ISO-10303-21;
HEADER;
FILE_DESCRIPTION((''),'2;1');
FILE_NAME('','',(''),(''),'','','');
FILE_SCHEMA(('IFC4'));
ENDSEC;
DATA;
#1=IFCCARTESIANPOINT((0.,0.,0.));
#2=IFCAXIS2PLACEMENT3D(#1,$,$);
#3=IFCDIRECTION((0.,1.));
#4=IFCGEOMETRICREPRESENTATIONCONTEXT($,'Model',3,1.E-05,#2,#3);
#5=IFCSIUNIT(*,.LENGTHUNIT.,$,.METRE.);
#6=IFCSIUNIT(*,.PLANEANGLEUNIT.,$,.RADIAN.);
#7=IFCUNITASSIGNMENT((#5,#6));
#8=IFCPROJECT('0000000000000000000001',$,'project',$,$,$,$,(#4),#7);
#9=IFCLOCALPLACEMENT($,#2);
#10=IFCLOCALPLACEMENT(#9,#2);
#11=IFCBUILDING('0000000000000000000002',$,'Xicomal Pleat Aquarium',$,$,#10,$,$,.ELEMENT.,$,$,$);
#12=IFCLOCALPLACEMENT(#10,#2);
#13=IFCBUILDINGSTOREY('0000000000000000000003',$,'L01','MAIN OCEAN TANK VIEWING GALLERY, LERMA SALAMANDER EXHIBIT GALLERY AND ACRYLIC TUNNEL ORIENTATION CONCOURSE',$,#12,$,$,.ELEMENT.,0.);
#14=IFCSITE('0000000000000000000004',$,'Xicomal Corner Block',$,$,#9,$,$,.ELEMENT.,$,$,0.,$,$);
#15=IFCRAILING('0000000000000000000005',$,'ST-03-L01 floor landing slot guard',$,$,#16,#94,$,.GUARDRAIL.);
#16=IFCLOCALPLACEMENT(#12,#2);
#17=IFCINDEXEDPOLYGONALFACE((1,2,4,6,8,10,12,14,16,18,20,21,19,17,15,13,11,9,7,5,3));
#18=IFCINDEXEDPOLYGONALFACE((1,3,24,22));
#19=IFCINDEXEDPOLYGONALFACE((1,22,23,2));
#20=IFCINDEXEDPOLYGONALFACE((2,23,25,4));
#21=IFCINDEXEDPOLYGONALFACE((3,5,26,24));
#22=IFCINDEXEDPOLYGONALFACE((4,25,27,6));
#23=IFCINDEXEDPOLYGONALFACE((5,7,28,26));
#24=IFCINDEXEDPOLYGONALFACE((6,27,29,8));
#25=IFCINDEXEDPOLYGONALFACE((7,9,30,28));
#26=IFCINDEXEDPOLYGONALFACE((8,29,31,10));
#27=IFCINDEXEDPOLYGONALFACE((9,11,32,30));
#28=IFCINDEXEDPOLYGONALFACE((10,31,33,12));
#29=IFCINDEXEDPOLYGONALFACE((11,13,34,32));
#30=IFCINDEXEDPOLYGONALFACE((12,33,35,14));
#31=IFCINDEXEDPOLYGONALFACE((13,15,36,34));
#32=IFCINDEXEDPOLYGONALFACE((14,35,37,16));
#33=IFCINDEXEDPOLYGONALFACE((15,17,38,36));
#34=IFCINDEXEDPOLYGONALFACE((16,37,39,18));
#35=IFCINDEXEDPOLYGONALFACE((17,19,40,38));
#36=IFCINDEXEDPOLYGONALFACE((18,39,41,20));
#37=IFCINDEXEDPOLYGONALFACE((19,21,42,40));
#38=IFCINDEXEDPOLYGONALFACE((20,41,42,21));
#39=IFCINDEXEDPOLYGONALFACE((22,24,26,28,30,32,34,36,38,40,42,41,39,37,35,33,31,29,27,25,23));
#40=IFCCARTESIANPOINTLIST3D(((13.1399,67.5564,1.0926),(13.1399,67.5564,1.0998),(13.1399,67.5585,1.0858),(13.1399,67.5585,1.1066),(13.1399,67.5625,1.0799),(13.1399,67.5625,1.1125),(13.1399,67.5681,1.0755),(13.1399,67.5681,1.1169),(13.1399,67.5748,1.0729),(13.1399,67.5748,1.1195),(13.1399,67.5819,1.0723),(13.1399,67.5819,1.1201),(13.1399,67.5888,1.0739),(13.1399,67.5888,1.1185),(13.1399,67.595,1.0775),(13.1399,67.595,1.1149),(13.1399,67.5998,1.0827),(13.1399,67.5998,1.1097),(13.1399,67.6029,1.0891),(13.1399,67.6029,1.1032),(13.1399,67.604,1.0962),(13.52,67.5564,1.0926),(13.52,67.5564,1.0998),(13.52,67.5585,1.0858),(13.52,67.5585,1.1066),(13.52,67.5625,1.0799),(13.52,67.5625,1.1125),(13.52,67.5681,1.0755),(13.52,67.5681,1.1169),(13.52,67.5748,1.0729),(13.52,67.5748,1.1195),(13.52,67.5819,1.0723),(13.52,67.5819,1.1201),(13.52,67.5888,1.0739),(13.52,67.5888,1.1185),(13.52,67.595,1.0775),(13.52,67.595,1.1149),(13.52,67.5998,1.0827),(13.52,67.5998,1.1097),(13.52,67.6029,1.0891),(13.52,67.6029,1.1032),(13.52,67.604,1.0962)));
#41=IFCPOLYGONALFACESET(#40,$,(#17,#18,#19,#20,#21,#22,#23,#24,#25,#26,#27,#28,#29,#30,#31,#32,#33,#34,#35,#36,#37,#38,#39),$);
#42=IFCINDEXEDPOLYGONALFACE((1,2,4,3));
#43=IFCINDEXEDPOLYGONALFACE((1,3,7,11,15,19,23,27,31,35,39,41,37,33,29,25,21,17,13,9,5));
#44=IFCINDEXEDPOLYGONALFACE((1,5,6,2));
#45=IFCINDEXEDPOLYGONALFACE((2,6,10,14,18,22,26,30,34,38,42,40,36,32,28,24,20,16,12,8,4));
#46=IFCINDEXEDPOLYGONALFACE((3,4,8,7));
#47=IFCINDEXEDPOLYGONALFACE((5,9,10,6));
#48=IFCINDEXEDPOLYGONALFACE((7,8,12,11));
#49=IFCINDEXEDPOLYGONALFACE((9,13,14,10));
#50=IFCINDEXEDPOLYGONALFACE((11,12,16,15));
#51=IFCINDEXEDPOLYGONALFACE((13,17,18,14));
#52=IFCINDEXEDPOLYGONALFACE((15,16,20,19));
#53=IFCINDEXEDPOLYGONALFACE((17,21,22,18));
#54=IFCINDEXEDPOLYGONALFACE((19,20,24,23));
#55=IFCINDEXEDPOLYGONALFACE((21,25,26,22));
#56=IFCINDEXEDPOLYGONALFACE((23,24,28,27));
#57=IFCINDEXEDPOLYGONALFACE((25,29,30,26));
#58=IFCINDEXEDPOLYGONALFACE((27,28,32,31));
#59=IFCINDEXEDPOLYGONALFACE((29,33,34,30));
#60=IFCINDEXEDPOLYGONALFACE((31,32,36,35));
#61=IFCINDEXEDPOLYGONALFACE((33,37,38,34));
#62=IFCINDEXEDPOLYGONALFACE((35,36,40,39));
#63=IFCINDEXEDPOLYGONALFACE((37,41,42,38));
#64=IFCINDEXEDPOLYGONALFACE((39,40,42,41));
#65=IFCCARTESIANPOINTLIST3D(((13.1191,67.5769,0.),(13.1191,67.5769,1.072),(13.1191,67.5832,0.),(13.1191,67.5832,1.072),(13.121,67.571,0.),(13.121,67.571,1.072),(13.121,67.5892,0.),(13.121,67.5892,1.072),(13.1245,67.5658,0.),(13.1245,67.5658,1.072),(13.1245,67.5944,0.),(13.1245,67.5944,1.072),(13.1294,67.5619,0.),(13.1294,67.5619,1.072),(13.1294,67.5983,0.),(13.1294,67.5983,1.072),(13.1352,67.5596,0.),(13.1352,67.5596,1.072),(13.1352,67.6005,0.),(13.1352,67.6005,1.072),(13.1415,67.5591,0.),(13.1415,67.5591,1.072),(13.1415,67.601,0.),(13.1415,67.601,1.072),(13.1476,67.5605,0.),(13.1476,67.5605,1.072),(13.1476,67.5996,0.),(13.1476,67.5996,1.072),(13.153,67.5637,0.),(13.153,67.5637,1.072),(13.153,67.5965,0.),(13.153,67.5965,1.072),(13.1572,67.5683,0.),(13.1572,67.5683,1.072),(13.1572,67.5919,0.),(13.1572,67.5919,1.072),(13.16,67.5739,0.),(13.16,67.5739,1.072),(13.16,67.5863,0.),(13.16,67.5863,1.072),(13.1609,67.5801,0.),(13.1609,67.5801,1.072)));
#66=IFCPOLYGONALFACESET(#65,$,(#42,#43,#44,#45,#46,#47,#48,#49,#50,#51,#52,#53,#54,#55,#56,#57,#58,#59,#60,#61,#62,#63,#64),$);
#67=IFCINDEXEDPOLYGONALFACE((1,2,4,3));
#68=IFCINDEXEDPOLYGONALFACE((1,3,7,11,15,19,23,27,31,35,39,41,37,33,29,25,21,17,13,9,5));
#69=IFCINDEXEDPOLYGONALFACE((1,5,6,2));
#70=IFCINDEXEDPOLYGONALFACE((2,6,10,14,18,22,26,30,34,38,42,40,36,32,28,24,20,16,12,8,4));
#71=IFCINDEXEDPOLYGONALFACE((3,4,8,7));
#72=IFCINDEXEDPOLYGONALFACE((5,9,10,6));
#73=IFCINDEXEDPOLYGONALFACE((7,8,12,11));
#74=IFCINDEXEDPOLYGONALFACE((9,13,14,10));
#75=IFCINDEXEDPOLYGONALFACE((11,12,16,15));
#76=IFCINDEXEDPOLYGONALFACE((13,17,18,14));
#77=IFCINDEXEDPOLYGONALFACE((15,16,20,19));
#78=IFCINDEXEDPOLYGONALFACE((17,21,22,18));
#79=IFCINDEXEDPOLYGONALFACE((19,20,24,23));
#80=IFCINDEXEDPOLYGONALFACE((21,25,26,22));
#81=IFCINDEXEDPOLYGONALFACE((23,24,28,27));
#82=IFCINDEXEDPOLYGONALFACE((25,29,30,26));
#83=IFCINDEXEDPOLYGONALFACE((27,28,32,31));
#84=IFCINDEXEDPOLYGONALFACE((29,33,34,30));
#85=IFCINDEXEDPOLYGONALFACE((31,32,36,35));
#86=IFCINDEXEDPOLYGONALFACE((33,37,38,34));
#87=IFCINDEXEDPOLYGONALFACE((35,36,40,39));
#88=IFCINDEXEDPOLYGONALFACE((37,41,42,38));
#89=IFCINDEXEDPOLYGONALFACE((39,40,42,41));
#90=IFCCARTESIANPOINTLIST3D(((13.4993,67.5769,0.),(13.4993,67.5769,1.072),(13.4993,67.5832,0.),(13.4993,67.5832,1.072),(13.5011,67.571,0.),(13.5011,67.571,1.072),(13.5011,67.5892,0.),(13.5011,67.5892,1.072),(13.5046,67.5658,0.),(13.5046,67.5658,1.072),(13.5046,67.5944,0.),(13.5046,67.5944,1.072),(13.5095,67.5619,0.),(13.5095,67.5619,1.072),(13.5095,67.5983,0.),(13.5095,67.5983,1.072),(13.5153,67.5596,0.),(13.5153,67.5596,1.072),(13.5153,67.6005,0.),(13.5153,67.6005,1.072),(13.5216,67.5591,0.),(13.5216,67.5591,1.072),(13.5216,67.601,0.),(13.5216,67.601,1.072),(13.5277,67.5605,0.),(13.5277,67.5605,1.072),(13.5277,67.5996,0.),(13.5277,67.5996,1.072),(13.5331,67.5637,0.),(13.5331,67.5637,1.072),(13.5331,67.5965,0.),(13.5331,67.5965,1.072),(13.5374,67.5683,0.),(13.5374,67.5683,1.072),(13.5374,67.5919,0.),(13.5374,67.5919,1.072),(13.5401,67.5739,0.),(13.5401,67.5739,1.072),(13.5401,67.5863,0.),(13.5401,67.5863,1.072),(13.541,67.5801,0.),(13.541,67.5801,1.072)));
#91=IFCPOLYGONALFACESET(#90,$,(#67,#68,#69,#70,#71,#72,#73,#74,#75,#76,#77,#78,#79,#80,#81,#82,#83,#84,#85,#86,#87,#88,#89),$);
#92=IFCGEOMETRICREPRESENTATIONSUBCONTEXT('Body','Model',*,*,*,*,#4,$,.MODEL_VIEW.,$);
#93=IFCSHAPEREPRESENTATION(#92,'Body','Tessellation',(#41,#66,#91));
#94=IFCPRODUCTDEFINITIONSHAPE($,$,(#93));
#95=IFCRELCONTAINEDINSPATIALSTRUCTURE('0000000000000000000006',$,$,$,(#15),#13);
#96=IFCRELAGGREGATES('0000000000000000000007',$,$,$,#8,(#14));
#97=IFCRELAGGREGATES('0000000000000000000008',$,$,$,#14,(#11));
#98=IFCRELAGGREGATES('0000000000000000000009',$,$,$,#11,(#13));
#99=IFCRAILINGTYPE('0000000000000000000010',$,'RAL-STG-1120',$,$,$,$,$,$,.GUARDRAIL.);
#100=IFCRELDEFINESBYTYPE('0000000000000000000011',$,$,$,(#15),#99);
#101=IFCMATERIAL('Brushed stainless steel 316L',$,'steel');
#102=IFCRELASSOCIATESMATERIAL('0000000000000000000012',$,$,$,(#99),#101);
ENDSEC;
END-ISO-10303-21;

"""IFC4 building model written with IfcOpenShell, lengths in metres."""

from ifc_helpers import new_model, si_unit, direction, frame, origin, origin_2d, place, context, subcontext, project, spatial, circle, extrude, material, type_object, element, save


model = new_model("IFC4")

# Units and contexts
model_context = context("Model", 3, precision=1e-05, world=origin(), true_north=direction((0.0, 1.0)))
body_context = subcontext(model_context, "Body", "Model", "MODEL_VIEW")
ifc_project = project(units=[si_unit("LENGTHUNIT", "METRE"), si_unit("PLANEANGLEUNIT", "RADIAN")], contexts=[model_context])

# Site, building, storey
site_placement = place(None, origin())
site = spatial("IfcSite", under=ifc_project, at=site_placement, Name="Xicomal Corner Block", CompositionType="ELEMENT", RefElevation=0.0)
building_placement = place(site_placement, origin())
building = spatial("IfcBuilding", under=site, at=building_placement, Name="Xicomal Pleat Aquarium", CompositionType="ELEMENT")
storey_placement = place(building_placement, origin())
storey = spatial("IfcBuildingStorey", under=building, at=storey_placement, Name="L01", Description="MAIN OCEAN TANK VIEWING GALLERY, LERMA SALAMANDER EXHIBIT GALLERY AND ACRYLIC TUNNEL ORIENTATION CONCOURSE", CompositionType="ELEMENT", Elevation=0.0)

# Railing
ifc_material_1 = material(Name="Brushed stainless steel 316L", Category="steel")
railing_type_1 = type_object("IfcRailingType", Name="RAL-STG-1120", PredefinedType="GUARDRAIL", material=ifc_material_1)
railing_1_placement = place(storey_placement, frame((13.1399, 67.5801, 0.0)))
element("IfcRailing", 1, at=railing_1_placement, inside=storey, type_object=railing_type_1, Name="ST-03-L01 floor landing slot guard", PredefinedType="GUARDRAIL", context=body_context, shape_type="SweptSolid", body=[
    extrude(circle(Radius=0.0239, at=origin_2d()), frame((0.0, 0.0, 1.0962), z_axis=(1.0, 0.0, 0.0), x_axis=(0.0, 1.0, 0.0)), (0.0, 0.0, 1.0), 0.3801),
    extrude(circle(Radius=0.021, at=origin_2d()), origin(), (0.0, 0.0, 1.0), 1.072),
    extrude(circle(Radius=0.021, at=origin_2d()), frame((0.3801, 0.0, 0.0)), (0.0, 0.0, 1.0), 1.072),
])

save(model, "model.ifc")
